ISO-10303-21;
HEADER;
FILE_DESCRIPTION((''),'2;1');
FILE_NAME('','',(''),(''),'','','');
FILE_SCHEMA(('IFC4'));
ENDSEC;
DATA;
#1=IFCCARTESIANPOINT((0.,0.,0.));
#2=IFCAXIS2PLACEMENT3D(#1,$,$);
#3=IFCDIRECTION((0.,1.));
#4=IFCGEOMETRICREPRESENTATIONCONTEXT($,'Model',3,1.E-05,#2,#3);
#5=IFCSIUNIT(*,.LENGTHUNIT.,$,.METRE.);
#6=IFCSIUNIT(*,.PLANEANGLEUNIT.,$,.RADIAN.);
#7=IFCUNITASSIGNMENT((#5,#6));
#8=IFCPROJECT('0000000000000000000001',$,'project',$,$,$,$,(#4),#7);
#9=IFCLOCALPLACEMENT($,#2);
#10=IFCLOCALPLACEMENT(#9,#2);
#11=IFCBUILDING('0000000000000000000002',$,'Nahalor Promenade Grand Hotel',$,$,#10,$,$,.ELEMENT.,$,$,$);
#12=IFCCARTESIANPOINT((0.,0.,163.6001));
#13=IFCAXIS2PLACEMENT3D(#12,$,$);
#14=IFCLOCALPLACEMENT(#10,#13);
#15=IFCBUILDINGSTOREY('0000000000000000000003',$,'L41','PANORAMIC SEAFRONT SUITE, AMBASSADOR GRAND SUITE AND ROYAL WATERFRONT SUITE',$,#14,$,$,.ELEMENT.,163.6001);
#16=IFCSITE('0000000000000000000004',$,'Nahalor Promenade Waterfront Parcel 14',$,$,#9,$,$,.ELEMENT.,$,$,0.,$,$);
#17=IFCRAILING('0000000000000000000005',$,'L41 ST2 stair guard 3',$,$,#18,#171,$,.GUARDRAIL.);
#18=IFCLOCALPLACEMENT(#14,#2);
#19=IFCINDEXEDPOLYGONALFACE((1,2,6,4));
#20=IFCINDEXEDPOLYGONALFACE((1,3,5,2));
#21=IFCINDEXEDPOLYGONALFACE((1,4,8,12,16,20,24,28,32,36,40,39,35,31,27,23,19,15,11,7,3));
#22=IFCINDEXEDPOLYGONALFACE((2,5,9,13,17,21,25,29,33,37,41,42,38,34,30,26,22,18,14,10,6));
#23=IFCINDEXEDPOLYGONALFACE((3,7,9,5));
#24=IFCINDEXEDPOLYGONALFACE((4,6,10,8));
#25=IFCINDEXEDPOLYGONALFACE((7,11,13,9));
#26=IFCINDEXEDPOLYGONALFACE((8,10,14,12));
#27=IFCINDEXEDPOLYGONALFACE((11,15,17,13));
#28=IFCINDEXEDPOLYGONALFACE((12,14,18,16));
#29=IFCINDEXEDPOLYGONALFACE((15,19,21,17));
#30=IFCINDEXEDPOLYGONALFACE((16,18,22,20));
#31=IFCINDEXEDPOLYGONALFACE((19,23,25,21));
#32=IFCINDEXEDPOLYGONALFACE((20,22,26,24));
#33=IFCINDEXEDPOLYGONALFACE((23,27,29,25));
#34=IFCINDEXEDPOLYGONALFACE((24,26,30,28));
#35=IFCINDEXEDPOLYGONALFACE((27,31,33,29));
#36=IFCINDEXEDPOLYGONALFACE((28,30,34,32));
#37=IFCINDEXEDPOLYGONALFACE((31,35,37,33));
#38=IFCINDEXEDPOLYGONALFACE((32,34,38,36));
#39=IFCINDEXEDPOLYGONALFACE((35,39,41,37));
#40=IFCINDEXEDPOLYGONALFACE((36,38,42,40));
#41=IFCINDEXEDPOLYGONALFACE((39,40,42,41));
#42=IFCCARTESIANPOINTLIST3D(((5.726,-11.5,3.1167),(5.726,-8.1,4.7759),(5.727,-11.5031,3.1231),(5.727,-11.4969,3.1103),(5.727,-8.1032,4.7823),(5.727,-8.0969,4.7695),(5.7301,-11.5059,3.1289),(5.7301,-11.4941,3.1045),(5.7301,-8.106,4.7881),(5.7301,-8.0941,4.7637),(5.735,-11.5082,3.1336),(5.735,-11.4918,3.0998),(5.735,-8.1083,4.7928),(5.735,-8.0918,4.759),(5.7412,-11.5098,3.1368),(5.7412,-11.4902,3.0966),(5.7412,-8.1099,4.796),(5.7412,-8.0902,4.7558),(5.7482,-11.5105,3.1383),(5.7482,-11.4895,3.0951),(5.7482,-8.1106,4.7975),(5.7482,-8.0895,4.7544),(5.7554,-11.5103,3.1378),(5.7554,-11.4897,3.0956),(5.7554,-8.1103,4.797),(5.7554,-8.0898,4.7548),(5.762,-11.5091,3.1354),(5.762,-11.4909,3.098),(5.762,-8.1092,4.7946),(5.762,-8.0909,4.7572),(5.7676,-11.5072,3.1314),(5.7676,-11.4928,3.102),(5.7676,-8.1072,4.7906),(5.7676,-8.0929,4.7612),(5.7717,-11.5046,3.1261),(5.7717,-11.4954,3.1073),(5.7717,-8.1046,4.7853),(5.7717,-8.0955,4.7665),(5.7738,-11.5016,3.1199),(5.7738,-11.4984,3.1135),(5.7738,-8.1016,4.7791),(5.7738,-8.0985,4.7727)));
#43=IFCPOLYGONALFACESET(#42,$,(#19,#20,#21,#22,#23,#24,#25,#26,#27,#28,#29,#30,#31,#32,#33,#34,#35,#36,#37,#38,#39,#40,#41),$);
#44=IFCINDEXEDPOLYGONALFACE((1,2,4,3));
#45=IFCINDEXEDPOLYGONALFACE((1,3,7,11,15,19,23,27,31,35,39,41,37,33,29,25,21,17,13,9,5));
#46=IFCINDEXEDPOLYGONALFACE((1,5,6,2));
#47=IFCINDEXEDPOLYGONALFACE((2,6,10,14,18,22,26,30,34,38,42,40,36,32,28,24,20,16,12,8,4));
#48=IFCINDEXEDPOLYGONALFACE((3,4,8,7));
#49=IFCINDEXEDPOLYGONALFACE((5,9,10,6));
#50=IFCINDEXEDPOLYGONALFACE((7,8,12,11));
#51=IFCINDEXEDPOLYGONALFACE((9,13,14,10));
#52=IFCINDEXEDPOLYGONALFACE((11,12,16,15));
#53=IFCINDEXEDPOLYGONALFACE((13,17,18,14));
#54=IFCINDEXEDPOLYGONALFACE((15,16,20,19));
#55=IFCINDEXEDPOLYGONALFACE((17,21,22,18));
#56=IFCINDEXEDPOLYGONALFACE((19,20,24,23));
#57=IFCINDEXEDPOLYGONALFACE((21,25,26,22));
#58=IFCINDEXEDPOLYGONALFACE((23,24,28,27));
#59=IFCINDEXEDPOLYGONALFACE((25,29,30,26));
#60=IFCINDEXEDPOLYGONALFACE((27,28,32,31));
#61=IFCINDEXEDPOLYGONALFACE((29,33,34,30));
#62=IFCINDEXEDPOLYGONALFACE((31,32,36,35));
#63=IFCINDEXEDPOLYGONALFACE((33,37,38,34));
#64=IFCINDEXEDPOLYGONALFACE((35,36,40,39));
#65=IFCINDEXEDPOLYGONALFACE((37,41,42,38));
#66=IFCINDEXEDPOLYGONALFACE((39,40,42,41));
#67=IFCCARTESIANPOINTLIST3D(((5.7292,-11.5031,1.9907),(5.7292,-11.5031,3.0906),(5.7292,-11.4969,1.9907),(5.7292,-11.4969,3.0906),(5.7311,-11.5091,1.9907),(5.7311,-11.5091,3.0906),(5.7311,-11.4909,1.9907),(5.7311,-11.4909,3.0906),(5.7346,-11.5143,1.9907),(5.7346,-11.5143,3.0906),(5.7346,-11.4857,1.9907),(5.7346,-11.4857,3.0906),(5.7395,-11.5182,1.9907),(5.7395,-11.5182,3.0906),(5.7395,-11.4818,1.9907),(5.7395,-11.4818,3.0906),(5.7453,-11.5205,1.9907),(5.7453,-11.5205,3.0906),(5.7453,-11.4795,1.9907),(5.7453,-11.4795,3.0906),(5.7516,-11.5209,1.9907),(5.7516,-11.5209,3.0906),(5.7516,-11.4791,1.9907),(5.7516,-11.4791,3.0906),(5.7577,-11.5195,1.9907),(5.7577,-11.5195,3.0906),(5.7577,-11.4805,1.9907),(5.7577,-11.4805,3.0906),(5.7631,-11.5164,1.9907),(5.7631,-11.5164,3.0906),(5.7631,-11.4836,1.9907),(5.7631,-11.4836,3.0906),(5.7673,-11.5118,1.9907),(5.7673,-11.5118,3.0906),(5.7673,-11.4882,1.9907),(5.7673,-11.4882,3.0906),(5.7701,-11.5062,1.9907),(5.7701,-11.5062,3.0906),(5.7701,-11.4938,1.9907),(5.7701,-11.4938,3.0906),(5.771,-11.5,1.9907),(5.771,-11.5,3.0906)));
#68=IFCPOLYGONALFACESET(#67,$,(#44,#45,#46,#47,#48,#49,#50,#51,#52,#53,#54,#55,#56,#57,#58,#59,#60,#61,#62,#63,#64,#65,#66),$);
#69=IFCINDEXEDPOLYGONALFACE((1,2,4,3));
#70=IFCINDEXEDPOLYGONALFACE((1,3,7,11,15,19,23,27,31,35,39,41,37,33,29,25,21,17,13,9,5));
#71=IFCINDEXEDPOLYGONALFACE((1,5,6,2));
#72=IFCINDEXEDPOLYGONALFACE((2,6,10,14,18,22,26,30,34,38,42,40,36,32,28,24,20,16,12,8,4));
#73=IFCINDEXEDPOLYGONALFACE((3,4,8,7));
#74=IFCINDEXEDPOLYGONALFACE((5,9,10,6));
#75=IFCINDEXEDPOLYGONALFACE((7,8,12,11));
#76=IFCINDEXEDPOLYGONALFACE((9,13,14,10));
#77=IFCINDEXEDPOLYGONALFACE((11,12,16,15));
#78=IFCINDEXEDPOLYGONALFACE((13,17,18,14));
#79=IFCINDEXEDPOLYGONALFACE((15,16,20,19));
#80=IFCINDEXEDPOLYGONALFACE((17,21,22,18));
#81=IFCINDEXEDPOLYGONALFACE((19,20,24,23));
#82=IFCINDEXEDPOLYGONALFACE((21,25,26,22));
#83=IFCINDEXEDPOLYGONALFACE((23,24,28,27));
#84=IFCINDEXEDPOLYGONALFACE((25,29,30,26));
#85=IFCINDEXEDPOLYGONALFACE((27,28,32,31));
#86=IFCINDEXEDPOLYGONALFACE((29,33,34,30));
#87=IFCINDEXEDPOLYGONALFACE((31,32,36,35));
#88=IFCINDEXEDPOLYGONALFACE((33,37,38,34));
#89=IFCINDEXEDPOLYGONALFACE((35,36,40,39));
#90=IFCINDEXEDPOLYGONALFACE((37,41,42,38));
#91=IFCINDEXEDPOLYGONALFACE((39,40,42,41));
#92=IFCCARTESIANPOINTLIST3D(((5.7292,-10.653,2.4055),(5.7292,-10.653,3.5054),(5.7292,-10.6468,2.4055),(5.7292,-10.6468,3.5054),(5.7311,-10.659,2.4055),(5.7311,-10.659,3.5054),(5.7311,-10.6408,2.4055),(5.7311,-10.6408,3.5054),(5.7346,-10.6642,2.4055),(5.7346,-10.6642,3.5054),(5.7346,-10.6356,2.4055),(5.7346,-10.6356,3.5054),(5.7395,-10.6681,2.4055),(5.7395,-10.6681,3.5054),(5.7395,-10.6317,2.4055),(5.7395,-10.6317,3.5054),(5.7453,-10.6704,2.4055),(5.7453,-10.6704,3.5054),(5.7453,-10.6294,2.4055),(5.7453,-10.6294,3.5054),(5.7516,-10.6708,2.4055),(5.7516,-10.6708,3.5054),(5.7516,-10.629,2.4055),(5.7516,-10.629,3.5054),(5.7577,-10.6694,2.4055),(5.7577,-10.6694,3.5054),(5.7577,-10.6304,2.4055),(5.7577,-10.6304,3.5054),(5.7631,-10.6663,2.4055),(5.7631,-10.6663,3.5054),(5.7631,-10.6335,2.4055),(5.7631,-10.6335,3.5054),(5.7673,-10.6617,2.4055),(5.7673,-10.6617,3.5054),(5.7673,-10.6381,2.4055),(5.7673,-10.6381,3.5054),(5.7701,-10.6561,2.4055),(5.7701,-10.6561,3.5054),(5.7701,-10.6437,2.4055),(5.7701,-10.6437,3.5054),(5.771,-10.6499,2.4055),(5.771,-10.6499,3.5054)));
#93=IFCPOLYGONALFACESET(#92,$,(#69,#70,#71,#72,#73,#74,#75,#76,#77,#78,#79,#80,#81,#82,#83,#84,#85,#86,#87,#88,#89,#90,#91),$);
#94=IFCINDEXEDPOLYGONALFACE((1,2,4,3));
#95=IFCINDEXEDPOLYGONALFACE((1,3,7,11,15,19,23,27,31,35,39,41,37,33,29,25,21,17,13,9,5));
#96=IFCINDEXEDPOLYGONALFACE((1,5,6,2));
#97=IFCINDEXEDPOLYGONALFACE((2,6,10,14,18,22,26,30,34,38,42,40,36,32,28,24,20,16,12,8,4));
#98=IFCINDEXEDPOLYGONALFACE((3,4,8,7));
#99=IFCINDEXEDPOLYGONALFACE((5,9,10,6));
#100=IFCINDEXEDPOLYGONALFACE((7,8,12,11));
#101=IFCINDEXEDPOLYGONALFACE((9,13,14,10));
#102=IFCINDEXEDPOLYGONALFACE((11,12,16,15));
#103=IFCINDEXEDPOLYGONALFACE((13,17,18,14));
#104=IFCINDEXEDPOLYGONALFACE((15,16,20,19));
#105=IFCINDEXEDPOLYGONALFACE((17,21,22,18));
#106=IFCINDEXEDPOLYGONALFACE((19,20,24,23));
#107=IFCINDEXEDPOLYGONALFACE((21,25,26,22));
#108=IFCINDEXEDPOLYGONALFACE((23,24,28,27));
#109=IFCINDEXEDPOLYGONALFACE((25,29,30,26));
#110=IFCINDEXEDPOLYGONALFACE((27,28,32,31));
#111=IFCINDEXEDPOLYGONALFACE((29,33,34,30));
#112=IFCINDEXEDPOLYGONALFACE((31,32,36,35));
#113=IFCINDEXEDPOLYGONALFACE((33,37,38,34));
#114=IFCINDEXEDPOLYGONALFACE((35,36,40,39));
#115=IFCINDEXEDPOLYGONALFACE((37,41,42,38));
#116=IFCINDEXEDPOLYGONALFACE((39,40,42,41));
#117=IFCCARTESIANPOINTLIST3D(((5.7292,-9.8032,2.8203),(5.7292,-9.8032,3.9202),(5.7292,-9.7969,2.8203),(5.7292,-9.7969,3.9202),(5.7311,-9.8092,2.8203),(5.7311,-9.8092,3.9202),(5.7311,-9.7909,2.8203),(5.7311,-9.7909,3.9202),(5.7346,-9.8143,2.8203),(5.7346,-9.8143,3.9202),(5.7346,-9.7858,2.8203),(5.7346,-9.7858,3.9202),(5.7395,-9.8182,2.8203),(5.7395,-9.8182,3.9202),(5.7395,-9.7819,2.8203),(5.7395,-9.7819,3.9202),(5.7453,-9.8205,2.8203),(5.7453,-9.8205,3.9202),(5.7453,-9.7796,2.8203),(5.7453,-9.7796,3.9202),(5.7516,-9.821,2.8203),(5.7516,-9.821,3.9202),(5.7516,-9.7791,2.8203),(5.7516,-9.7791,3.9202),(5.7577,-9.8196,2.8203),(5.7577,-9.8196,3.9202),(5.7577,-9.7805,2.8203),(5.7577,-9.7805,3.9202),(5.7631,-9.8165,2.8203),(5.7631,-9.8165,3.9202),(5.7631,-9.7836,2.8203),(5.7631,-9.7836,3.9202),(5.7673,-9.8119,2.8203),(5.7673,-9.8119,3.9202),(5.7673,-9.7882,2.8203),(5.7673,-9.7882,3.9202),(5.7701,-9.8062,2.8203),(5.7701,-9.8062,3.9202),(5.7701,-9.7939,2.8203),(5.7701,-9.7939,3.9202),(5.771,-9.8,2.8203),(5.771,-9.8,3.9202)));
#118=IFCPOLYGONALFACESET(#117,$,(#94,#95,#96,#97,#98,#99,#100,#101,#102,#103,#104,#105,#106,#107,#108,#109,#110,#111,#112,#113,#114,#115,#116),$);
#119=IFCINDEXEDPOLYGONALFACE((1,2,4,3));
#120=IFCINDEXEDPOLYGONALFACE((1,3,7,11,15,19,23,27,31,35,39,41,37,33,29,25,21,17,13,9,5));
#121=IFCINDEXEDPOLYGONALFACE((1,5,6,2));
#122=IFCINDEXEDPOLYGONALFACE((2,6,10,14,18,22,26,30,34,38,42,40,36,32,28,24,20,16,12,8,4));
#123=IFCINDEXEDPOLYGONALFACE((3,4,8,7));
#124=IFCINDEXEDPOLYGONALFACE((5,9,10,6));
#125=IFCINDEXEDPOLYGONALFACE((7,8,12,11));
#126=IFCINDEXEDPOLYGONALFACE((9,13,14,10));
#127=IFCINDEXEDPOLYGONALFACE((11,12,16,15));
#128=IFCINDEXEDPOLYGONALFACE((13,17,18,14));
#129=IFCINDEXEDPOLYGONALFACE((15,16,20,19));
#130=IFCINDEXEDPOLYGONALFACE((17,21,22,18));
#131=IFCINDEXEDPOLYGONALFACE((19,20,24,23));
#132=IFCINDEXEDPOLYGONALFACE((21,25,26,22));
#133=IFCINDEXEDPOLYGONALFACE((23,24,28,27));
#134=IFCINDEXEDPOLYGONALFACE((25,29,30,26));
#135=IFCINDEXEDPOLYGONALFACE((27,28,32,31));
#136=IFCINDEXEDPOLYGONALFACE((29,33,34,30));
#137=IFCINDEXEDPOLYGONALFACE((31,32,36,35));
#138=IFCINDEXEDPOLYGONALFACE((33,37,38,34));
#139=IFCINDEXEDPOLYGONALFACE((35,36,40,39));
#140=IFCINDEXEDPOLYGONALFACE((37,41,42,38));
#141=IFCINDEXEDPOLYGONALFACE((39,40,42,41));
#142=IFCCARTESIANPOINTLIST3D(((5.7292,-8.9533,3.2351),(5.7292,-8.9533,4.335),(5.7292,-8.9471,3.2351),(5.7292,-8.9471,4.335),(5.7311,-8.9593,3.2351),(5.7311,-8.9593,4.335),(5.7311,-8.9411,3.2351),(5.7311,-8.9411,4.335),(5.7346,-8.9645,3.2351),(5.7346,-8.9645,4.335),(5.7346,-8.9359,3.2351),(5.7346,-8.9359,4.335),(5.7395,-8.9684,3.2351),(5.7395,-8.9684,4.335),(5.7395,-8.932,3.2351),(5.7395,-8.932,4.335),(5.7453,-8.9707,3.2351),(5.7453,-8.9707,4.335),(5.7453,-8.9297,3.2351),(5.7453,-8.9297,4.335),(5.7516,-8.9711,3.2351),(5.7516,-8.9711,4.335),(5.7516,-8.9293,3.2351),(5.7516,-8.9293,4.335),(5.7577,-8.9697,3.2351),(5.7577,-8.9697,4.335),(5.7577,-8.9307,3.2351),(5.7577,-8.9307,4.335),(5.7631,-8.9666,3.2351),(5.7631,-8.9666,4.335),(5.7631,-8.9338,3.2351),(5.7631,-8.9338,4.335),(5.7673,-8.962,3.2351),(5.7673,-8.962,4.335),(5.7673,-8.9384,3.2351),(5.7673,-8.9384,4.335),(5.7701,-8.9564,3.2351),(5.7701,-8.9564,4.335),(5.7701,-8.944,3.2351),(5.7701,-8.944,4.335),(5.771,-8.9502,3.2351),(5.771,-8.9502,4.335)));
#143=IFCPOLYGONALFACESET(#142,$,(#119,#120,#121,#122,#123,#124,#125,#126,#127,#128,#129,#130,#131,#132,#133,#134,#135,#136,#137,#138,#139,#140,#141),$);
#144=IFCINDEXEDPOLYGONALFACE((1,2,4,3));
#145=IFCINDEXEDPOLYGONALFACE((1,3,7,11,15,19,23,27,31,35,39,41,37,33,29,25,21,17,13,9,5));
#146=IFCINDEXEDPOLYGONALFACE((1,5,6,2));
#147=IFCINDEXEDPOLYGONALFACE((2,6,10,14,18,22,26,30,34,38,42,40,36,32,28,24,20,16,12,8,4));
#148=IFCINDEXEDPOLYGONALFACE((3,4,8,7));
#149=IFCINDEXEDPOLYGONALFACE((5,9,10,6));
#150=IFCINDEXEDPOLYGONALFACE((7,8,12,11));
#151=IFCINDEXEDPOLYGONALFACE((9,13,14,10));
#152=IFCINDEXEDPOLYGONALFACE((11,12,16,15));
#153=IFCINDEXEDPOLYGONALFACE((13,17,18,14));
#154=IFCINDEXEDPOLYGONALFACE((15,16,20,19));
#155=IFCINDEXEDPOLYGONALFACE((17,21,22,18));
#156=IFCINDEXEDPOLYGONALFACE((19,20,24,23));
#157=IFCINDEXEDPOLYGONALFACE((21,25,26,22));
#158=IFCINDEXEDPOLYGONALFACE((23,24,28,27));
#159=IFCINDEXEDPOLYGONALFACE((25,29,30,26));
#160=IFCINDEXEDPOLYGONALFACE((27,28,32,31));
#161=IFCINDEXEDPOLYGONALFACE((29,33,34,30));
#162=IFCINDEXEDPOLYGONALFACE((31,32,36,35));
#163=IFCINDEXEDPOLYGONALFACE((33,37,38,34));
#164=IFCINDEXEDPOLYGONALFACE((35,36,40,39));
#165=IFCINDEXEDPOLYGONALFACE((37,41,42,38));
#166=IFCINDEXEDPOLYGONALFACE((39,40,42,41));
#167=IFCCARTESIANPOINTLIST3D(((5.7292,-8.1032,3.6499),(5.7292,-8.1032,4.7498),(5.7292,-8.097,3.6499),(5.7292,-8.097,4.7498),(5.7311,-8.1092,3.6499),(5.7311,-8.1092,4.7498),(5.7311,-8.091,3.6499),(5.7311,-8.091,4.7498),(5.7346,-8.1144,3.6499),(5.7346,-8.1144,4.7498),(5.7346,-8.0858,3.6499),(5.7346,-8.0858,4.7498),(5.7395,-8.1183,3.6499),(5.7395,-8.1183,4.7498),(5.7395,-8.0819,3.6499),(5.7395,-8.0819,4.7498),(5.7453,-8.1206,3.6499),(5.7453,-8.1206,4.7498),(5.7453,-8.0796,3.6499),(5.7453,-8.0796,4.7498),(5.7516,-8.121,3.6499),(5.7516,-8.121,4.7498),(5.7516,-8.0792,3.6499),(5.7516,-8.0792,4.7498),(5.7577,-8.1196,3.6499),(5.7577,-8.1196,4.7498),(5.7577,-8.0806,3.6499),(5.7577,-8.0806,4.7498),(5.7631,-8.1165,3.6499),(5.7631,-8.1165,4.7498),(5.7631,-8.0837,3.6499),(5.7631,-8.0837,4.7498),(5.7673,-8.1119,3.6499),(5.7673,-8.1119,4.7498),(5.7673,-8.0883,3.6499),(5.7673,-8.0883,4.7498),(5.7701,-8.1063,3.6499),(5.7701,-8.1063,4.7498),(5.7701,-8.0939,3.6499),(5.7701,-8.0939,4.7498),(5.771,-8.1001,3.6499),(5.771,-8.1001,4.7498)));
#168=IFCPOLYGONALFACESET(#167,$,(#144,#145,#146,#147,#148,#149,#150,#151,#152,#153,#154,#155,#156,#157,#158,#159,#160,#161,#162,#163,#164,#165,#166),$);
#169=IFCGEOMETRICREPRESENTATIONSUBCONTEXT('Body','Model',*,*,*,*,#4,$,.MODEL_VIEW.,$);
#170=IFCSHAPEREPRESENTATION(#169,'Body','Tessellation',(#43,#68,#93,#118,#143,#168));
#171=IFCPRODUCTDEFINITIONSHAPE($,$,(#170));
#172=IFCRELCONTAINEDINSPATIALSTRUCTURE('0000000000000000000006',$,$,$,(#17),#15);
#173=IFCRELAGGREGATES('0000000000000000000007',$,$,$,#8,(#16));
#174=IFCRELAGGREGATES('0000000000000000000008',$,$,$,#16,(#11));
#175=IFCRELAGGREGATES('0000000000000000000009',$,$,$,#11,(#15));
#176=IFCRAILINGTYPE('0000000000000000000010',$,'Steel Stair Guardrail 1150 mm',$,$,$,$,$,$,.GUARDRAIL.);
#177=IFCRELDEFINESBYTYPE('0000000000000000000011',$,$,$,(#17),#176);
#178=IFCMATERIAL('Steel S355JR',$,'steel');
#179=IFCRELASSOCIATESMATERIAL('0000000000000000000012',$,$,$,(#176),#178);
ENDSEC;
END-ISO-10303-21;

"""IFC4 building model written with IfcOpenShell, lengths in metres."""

from ifc_helpers import new_model, si_unit, direction, frame, origin, origin_2d, place, context, subcontext, project, spatial, circle, extrude, material, type_object, element, save


model = new_model("IFC4")

# Units and contexts
model_context = context("Model", 3, precision=1e-05, world=origin(), true_north=direction((0.0, 1.0)))
body_context = subcontext(model_context, "Body", "Model", "MODEL_VIEW")
ifc_project = project(units=[si_unit("LENGTHUNIT", "METRE"), si_unit("PLANEANGLEUNIT", "RADIAN")], contexts=[model_context])

# Site, building, storey
site_placement = place(None, origin())
site = spatial("IfcSite", under=ifc_project, at=site_placement, Name="Nahalor Promenade Waterfront Parcel 14", CompositionType="ELEMENT", RefElevation=0.0)
building_placement = place(site_placement, origin())
building = spatial("IfcBuilding", under=site, at=building_placement, Name="Nahalor Promenade Grand Hotel", CompositionType="ELEMENT")
storey_placement = place(building_placement, frame((0.0, 0.0, 163.6001)))
storey = spatial("IfcBuildingStorey", under=building, at=storey_placement, Name="L41", Description="PANORAMIC SEAFRONT SUITE, AMBASSADOR GRAND SUITE AND ROYAL WATERFRONT SUITE", CompositionType="ELEMENT", Elevation=163.6001)

# Shared definitions
ifc_material_1 = material(Name="Steel S355JR", Category="steel")

# Railing
railing_type_1 = type_object("IfcRailingType", Name="Steel Stair Guardrail 1150 mm", PredefinedType="GUARDRAIL", material=ifc_material_1)
railing_1_placement = place(storey_placement, frame((5.75, -11.5, 1.9907)))
element("IfcRailing", 1, at=railing_1_placement, inside=storey, type_object=railing_type_1, Name="L41 ST2 stair guard 3", PredefinedType="GUARDRAIL", context=body_context, shape_type="SweptSolid", body=[
    extrude(circle(Radius=0.024, at=origin_2d()), frame((0.0, 0.0, 1.126), z_axis=(0.0, 0.898696, 0.438571), x_axis=(-1.0, 0.0, 0.0)), (0.0, 0.0, 1.0), 3.7832),
    extrude(circle(Radius=0.021, at=origin_2d()), origin(), (0.0, 0.0, 1.0), 1.0999),
    extrude(circle(Radius=0.021, at=origin_2d()), frame((0.0, 0.8501, 0.4148)), (0.0, 0.0, 1.0), 1.0999),
    extrude(circle(Radius=0.021, at=origin_2d()), frame((0.0, 1.7, 0.8296)), (0.0, 0.0, 1.0), 1.0999),
    extrude(circle(Radius=0.021, at=origin_2d()), frame((0.0, 2.5498, 1.2444)), (0.0, 0.0, 1.0), 1.0999),
    extrude(circle(Radius=0.021, at=origin_2d()), frame((0.0, 3.3999, 1.6592)), (0.0, 0.0, 1.0), 1.0999),
])

save(model, "model.ifc")
